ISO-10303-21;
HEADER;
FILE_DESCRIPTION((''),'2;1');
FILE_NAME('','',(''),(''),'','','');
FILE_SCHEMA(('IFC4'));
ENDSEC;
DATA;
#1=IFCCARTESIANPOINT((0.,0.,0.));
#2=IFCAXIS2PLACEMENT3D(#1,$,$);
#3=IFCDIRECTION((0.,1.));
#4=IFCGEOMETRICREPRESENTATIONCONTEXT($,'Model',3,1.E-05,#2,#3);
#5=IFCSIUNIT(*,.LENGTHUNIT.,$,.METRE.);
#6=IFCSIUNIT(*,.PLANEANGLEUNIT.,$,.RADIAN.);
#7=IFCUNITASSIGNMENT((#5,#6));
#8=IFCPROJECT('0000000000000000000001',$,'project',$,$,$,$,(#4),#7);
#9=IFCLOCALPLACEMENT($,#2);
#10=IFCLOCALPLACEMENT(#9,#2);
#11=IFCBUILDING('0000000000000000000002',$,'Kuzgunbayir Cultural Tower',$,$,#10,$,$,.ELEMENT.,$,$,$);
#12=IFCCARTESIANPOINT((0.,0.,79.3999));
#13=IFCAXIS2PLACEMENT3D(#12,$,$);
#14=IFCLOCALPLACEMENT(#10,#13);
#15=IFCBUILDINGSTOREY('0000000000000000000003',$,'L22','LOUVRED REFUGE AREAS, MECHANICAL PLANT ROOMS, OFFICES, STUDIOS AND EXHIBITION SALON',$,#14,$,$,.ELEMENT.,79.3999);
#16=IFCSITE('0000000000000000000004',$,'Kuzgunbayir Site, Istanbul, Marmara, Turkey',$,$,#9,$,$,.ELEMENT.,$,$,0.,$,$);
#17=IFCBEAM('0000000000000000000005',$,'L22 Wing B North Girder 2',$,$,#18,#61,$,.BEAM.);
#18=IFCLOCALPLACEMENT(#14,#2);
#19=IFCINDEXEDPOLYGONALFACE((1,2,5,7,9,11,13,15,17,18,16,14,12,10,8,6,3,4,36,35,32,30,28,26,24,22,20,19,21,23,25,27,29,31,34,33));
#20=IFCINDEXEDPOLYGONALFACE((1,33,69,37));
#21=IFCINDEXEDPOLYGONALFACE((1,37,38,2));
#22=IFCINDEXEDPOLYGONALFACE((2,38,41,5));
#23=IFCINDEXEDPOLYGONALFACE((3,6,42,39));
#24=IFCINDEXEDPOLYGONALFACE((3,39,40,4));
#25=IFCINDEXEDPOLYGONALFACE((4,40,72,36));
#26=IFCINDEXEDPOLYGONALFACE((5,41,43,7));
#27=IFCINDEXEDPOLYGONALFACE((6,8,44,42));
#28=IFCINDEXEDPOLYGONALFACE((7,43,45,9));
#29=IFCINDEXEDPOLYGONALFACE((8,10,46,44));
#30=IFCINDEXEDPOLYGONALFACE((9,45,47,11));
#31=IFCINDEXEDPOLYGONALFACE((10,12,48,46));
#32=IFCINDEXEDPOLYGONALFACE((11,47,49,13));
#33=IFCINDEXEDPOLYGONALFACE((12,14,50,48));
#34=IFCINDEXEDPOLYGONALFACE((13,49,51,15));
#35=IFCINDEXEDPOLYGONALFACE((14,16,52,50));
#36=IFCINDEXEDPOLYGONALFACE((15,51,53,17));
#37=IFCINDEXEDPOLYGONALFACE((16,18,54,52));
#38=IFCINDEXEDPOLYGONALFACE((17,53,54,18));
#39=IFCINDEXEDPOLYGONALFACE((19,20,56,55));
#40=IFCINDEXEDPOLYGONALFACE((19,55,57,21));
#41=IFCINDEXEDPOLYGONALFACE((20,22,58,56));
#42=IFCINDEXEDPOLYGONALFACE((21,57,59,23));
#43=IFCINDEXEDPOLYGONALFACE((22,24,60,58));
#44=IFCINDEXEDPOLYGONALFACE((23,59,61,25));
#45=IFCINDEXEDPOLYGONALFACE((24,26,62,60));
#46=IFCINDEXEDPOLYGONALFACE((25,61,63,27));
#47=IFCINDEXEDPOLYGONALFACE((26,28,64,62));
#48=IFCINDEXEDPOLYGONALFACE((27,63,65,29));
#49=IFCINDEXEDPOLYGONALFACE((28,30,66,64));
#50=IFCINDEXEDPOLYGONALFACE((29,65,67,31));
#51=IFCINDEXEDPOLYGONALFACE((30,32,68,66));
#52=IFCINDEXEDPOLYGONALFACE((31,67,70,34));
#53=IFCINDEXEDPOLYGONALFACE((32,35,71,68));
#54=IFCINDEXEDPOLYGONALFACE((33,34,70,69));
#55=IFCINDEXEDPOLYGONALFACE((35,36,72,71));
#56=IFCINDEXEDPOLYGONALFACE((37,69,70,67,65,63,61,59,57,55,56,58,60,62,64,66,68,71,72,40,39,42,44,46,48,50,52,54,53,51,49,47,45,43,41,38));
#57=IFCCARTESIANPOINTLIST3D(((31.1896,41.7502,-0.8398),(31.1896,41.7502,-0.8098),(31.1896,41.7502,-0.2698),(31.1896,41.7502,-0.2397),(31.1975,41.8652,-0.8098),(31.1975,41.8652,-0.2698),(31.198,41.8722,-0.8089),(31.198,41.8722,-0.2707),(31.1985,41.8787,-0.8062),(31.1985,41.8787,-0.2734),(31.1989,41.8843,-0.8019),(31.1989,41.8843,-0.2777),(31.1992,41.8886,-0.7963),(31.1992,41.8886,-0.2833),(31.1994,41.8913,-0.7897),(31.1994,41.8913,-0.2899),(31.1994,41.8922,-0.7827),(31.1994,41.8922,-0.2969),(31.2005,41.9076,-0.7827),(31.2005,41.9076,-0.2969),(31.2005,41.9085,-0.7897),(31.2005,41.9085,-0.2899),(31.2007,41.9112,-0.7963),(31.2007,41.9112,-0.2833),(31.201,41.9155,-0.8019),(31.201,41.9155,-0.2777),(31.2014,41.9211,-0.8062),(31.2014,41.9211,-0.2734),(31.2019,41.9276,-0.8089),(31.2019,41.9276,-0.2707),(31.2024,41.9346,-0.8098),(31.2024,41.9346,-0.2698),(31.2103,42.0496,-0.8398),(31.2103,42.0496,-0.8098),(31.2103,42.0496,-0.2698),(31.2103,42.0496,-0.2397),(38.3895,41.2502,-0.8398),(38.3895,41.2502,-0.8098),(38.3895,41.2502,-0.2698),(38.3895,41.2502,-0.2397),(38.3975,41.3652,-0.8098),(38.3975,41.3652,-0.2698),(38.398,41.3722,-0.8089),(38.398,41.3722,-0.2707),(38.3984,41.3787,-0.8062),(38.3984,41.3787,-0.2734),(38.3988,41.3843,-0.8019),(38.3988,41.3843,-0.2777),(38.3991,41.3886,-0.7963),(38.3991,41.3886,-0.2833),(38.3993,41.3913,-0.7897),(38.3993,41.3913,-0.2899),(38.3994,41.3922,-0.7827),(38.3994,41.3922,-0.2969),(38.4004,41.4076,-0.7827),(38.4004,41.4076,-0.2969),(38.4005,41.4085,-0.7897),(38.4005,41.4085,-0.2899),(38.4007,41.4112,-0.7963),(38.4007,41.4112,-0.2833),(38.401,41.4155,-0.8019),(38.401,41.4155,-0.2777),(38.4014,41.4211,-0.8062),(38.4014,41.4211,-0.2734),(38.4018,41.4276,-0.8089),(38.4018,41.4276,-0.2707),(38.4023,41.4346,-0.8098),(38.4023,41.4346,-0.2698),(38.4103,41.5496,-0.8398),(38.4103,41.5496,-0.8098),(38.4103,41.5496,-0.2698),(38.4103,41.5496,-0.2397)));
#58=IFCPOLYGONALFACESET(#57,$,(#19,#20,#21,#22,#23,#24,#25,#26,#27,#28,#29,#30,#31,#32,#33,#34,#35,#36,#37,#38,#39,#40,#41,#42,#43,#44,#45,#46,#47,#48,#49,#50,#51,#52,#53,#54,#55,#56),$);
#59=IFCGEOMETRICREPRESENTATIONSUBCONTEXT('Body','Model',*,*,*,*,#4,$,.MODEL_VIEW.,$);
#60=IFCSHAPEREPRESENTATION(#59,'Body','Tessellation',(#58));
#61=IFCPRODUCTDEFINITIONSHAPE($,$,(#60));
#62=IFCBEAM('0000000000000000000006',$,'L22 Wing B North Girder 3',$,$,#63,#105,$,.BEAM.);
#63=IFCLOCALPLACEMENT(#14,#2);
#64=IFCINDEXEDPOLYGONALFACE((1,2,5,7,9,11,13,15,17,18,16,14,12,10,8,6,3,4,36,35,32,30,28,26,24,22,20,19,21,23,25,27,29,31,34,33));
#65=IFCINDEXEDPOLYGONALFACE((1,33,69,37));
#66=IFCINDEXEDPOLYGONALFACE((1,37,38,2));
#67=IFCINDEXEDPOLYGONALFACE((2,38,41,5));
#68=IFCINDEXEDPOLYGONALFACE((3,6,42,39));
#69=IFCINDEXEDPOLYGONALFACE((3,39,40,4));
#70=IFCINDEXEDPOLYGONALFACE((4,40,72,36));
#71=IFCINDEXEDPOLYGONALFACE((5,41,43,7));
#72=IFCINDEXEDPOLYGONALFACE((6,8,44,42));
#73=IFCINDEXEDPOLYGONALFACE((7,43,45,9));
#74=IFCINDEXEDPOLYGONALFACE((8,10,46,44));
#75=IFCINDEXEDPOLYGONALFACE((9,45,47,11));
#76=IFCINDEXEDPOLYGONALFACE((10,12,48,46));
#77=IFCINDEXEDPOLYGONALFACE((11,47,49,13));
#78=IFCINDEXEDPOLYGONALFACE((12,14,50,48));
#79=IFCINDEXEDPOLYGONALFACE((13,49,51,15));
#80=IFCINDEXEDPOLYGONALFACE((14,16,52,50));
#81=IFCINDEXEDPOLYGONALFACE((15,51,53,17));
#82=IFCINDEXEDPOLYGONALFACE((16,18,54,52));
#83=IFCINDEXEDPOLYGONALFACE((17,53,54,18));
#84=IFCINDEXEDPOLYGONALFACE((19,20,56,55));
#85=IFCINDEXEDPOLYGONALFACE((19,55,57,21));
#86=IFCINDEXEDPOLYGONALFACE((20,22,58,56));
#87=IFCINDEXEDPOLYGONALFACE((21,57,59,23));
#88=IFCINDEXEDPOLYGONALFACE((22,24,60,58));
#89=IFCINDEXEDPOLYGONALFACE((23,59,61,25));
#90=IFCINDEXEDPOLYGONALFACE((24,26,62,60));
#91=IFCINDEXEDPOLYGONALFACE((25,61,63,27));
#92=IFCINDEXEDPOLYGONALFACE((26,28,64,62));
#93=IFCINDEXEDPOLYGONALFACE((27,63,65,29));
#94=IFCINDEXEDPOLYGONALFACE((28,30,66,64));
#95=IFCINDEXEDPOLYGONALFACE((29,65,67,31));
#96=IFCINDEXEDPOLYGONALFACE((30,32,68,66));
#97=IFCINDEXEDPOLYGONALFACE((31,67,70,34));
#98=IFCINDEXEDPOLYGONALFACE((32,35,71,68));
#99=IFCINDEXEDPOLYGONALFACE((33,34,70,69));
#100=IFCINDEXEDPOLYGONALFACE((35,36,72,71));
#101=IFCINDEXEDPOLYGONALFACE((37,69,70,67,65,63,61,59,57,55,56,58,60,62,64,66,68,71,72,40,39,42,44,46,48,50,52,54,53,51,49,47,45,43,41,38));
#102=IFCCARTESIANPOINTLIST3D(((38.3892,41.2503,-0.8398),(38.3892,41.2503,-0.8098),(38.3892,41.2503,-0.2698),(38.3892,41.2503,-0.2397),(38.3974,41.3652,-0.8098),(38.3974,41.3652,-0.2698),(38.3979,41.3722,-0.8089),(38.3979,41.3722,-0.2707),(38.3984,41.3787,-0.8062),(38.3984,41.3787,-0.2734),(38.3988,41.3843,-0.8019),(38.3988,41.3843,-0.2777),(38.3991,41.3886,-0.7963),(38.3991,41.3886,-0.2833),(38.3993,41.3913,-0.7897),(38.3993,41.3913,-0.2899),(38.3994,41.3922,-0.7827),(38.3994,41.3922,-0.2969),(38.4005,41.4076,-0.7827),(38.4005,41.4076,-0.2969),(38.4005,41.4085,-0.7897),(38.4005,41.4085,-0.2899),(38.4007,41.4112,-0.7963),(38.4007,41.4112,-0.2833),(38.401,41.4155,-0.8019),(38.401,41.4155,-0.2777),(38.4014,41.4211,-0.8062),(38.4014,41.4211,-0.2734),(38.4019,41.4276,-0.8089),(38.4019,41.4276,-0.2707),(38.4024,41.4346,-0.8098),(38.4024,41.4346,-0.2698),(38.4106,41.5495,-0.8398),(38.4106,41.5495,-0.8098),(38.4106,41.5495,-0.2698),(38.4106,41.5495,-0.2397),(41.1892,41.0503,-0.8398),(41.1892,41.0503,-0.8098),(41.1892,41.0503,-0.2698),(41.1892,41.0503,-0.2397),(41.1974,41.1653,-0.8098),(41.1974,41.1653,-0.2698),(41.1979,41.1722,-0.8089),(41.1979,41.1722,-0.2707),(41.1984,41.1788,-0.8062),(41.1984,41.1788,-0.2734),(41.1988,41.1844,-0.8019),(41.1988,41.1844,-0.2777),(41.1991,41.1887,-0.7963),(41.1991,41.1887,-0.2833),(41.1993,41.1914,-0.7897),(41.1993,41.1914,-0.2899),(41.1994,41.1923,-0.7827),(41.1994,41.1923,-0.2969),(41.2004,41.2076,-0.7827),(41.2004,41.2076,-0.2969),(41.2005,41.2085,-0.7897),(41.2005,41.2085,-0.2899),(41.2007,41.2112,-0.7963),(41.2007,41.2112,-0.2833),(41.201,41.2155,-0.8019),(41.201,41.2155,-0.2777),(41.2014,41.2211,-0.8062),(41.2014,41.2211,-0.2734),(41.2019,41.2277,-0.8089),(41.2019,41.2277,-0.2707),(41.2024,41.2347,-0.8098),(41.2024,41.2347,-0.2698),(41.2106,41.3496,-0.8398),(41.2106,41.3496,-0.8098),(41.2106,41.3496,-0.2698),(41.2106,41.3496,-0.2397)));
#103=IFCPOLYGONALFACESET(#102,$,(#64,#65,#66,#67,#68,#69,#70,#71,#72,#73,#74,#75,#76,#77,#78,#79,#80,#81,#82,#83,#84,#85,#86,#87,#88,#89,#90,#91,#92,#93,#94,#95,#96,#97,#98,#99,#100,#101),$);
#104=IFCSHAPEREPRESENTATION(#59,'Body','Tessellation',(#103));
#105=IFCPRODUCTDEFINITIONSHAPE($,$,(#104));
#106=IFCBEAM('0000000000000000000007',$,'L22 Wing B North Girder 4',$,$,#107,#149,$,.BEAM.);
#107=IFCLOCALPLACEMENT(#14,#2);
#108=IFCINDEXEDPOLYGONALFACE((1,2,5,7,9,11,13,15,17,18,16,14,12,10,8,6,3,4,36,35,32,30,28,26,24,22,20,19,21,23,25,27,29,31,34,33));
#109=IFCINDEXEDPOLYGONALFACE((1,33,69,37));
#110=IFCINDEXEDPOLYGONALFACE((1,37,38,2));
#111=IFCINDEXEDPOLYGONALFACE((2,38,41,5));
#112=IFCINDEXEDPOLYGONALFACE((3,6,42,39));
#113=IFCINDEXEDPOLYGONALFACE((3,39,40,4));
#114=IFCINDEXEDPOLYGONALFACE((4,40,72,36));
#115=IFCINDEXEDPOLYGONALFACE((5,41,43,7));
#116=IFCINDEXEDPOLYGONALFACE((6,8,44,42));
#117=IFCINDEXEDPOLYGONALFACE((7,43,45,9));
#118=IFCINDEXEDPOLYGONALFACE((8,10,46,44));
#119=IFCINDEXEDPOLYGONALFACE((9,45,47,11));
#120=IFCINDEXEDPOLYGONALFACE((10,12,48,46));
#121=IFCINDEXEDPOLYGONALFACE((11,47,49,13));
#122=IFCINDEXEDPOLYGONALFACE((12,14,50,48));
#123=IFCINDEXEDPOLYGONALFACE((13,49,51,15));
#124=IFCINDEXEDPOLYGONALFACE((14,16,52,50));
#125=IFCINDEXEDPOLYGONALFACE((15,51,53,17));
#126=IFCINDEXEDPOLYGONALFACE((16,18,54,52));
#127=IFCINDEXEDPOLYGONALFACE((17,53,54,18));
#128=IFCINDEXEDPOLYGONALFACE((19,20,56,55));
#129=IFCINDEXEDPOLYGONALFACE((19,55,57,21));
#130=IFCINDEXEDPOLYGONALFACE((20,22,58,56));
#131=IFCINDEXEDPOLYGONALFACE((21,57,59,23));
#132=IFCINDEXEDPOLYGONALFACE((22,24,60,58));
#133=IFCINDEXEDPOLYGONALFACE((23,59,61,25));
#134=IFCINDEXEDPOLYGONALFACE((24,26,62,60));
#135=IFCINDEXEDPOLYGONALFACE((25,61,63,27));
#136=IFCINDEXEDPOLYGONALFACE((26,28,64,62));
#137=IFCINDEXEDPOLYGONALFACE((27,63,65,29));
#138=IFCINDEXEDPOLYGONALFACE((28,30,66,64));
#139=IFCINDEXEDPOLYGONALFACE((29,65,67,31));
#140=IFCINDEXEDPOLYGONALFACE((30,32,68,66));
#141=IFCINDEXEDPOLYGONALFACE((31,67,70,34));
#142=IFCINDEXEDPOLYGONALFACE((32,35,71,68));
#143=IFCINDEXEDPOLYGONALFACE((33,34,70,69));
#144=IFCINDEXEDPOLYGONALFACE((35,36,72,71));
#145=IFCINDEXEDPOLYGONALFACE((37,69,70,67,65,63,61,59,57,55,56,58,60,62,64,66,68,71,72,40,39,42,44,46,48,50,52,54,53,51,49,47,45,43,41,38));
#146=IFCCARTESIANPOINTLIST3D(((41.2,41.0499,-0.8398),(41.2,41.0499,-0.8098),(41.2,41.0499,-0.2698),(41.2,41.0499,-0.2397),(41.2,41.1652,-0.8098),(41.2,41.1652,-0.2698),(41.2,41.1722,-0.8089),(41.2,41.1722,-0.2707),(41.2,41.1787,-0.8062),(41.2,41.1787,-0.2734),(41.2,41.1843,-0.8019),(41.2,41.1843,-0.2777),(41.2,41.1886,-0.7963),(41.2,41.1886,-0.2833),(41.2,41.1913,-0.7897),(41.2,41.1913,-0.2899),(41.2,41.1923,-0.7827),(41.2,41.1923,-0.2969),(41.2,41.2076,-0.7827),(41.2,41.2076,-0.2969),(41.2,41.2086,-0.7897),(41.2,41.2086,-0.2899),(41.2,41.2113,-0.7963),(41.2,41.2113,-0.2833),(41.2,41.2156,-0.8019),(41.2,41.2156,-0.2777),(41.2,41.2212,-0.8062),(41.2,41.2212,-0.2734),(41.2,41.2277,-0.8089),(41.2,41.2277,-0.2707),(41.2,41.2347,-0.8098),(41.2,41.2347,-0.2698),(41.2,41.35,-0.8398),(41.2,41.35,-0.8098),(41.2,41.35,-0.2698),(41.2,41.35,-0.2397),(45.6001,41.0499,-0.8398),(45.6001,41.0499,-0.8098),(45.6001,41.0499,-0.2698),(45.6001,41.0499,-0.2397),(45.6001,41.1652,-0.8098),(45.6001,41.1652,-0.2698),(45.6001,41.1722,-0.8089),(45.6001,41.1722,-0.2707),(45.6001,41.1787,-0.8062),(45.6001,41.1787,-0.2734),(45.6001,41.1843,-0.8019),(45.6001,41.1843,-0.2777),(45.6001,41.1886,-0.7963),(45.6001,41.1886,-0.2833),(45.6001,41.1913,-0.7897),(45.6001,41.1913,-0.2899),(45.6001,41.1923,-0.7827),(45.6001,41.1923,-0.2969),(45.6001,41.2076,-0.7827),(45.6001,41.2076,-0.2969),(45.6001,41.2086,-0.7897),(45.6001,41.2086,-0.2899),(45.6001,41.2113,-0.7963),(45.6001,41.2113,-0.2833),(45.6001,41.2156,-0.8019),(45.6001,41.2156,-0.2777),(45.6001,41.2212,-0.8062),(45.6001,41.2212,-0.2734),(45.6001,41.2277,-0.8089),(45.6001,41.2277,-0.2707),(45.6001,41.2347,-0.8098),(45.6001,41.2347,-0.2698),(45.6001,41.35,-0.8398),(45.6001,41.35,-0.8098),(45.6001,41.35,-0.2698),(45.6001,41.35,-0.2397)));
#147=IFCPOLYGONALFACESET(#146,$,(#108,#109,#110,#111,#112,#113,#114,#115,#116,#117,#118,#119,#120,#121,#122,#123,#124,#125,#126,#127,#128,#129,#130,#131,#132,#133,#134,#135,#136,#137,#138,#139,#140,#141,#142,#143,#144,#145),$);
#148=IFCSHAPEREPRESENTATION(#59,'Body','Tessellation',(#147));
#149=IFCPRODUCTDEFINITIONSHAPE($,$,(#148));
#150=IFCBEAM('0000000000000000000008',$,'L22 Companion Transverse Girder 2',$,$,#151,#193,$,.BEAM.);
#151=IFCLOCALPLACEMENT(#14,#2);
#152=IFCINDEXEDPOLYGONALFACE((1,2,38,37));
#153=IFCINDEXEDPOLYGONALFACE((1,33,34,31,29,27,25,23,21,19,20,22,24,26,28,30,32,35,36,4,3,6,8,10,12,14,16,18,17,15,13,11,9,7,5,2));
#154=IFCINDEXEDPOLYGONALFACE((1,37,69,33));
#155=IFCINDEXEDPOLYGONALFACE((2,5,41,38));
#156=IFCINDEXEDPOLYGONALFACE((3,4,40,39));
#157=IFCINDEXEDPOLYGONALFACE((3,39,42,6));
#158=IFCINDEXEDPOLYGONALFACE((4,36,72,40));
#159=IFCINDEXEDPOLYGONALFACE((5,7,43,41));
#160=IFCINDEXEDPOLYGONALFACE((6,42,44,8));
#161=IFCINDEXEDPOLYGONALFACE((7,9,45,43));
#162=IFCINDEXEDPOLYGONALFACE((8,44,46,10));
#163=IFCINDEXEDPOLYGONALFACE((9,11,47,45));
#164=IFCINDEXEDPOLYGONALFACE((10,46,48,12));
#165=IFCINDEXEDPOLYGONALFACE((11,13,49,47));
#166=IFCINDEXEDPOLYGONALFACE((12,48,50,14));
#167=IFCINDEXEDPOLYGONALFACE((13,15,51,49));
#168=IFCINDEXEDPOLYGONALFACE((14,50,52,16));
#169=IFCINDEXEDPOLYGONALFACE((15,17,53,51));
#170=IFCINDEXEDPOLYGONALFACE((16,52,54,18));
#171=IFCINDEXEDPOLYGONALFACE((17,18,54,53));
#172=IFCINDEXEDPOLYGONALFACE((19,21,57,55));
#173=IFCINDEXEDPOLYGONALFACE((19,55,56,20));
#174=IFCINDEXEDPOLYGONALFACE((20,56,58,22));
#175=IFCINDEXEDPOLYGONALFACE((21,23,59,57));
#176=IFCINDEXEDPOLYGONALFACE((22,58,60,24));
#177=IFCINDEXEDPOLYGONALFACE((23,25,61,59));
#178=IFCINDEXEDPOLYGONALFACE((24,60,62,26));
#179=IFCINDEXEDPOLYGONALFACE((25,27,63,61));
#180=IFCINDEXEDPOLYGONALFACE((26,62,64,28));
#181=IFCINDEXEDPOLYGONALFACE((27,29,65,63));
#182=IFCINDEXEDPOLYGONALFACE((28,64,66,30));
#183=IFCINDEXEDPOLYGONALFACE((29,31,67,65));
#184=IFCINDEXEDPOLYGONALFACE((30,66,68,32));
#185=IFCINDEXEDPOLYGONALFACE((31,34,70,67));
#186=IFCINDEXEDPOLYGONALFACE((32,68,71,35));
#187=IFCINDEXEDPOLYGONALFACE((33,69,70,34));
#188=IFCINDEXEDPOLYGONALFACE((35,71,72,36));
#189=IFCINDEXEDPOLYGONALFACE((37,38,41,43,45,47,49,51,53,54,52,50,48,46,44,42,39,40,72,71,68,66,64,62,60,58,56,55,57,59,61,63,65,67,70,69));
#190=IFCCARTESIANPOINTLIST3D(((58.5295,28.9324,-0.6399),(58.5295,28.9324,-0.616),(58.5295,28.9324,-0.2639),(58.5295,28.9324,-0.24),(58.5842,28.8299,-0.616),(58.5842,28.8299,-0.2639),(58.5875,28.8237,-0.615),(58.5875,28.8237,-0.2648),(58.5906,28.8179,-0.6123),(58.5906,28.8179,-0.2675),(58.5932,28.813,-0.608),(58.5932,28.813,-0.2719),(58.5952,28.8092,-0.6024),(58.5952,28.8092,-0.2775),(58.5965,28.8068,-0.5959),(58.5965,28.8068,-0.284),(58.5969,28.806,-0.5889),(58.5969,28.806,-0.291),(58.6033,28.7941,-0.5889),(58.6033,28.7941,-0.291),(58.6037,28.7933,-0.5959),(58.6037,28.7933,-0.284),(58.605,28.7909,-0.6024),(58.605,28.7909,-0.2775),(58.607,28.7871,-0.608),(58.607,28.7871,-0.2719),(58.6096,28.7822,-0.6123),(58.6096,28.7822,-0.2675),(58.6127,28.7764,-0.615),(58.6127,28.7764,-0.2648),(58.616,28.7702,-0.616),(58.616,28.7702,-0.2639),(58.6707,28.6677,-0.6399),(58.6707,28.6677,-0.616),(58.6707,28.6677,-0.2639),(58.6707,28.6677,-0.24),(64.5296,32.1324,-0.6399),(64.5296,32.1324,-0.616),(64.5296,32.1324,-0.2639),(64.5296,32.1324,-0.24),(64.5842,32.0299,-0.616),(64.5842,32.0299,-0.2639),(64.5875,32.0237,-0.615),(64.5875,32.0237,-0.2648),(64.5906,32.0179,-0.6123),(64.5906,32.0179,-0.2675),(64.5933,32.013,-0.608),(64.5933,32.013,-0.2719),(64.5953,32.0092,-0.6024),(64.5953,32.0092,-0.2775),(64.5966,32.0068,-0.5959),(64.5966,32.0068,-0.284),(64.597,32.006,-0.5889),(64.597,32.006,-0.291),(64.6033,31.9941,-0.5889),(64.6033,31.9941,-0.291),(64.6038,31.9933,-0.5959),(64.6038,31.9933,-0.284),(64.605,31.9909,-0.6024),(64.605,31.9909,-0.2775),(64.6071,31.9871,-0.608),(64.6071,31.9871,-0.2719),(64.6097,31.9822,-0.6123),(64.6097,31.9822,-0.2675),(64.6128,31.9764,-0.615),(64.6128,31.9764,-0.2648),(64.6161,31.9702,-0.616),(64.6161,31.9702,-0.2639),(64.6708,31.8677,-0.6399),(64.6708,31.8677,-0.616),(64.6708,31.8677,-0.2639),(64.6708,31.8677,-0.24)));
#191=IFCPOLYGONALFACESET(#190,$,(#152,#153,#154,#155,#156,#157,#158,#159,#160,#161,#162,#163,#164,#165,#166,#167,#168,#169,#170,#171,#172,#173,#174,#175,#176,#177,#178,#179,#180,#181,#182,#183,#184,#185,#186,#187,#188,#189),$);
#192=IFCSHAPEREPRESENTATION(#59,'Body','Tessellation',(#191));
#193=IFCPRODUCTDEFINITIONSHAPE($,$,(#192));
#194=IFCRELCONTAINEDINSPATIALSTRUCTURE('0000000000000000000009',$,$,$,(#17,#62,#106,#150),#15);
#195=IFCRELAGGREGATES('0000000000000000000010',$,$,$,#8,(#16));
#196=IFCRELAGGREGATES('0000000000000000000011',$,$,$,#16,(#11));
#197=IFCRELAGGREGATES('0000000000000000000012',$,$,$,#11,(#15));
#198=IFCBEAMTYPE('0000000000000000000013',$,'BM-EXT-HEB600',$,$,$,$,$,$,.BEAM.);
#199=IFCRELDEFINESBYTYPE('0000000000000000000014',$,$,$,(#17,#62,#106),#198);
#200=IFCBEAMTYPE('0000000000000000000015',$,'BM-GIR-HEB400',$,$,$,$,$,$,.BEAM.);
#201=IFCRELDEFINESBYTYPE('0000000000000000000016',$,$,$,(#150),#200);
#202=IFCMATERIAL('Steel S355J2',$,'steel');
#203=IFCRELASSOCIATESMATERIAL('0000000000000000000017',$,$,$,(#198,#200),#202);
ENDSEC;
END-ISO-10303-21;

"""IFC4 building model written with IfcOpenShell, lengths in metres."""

from ifc_helpers import new_model, si_unit, direction, frame, origin, origin_2d, place, context, subcontext, project, spatial, i_section, extrude, material, material_profile, profile_set, type_object, element, save


model = new_model("IFC4")

# Units and contexts
model_context = context("Model", 3, precision=1e-05, world=origin(), true_north=direction((0.0, 1.0)))
body_context = subcontext(model_context, "Body", "Model", "MODEL_VIEW")
ifc_project = project(units=[si_unit("LENGTHUNIT", "METRE"), si_unit("PLANEANGLEUNIT", "RADIAN")], contexts=[model_context])

# Site, building, storey
site_placement = place(None, origin())
site = spatial("IfcSite", under=ifc_project, at=site_placement, Name="Kuzgunbayir Site, Istanbul, Marmara, Turkey", CompositionType="ELEMENT", RefElevation=0.0)
building_placement = place(site_placement, origin())
building = spatial("IfcBuilding", under=site, at=building_placement, Name="Kuzgunbayir Cultural Tower", CompositionType="ELEMENT")
storey_placement = place(building_placement, frame((0.0, 0.0, 79.3999)))
storey = spatial("IfcBuildingStorey", under=building, at=storey_placement, Name="L22", Description="LOUVRED REFUGE AREAS, MECHANICAL PLANT ROOMS, OFFICES, STUDIOS AND EXHIBITION SALON", CompositionType="ELEMENT", Elevation=79.3999)

# Beams
ifc_material_1 = material(Name="Steel S355J2", Category="steel")
ifc_material_profile_1 = material_profile(ifc_material_1, i_section(OverallWidth=0.3, OverallDepth=0.6001, WebThickness=0.0154, FlangeThickness=0.03, FilletRadius=0.0271, at=origin_2d()), Name="HEB 600")
ifc_profile_set_1 = profile_set([ifc_material_profile_1], Name="Steel S355J2")
beam_type_1 = type_object("IfcBeamType", Name="BM-EXT-HEB600", PredefinedType="BEAM", material=ifc_profile_set_1)
beam_1_placement = place(storey_placement, frame((31.2, 41.8999, -0.5398), z_axis=(0.997597, -0.069278, 0.0), x_axis=(0.069278, 0.997597, 0.0)))
element("IfcBeam", 1, at=beam_1_placement, inside=storey, type_object=beam_type_1, Name="L22 Wing B North Girder 2", PredefinedType="BEAM", context=body_context, shape_type="SweptSolid", body=[
    extrude(i_section(OverallWidth=0.3, OverallDepth=0.6001, WebThickness=0.0154, FlangeThickness=0.03, FilletRadius=0.0271, at=origin_2d()), origin(), (0.0, 0.0, 1.0), 7.2173),
])
beam_2_placement = place(storey_placement, frame((38.3999, 41.3999, -0.5398), z_axis=(0.99746, -0.071229, 0.0), x_axis=(0.071229, 0.99746, 0.0)))
element("IfcBeam", 2, at=beam_2_placement, inside=storey, type_object=beam_type_1, Name="L22 Wing B North Girder 3", PredefinedType="BEAM", context=body_context, shape_type="SweptSolid", body=[
    extrude(i_section(OverallWidth=0.3, OverallDepth=0.6001, WebThickness=0.0154, FlangeThickness=0.03, FilletRadius=0.0271, at=origin_2d()), origin(), (0.0, 0.0, 1.0), 2.8071),
])
beam_3_placement = place(storey_placement, frame((41.2, 41.2, -0.5398), z_axis=(1.0, 0.0, 0.0), x_axis=(0.0, 1.0, 0.0)))
element("IfcBeam", 3, at=beam_3_placement, inside=storey, type_object=beam_type_1, Name="L22 Wing B North Girder 4", PredefinedType="BEAM", context=body_context, shape_type="SweptSolid", body=[
    extrude(i_section(OverallWidth=0.3, OverallDepth=0.6001, WebThickness=0.0154, FlangeThickness=0.03, FilletRadius=0.0271, at=origin_2d()), origin(), (0.0, 0.0, 1.0), 4.4001),
])
ifc_material_profile_2 = material_profile(ifc_material_1, i_section(OverallWidth=0.3, OverallDepth=0.3999, WebThickness=0.0134, FlangeThickness=0.0239, FilletRadius=0.0271, at=origin_2d()), Name="HEB 400")
ifc_profile_set_2 = profile_set([ifc_material_profile_2], Name="Steel S355J2")
beam_type_2 = type_object("IfcBeamType", Name="BM-GIR-HEB400", PredefinedType="BEAM", material=ifc_profile_set_2)
beam_4_placement = place(storey_placement, frame((58.6001, 28.8, -0.4399), z_axis=(0.882356, 0.470583, 0.0), x_axis=(-0.470583, 0.882356, 0.0)))
element("IfcBeam", 4, at=beam_4_placement, inside=storey, type_object=beam_type_2, Name="L22 Companion Transverse Girder 2", PredefinedType="BEAM", context=body_context, shape_type="SweptSolid", body=[
    extrude(i_section(OverallWidth=0.3, OverallDepth=0.3999, WebThickness=0.0134, FlangeThickness=0.0239, FilletRadius=0.0271, at=origin_2d()), origin(), (0.0, 0.0, 1.0), 6.8),
])

save(model, "model.ifc")
